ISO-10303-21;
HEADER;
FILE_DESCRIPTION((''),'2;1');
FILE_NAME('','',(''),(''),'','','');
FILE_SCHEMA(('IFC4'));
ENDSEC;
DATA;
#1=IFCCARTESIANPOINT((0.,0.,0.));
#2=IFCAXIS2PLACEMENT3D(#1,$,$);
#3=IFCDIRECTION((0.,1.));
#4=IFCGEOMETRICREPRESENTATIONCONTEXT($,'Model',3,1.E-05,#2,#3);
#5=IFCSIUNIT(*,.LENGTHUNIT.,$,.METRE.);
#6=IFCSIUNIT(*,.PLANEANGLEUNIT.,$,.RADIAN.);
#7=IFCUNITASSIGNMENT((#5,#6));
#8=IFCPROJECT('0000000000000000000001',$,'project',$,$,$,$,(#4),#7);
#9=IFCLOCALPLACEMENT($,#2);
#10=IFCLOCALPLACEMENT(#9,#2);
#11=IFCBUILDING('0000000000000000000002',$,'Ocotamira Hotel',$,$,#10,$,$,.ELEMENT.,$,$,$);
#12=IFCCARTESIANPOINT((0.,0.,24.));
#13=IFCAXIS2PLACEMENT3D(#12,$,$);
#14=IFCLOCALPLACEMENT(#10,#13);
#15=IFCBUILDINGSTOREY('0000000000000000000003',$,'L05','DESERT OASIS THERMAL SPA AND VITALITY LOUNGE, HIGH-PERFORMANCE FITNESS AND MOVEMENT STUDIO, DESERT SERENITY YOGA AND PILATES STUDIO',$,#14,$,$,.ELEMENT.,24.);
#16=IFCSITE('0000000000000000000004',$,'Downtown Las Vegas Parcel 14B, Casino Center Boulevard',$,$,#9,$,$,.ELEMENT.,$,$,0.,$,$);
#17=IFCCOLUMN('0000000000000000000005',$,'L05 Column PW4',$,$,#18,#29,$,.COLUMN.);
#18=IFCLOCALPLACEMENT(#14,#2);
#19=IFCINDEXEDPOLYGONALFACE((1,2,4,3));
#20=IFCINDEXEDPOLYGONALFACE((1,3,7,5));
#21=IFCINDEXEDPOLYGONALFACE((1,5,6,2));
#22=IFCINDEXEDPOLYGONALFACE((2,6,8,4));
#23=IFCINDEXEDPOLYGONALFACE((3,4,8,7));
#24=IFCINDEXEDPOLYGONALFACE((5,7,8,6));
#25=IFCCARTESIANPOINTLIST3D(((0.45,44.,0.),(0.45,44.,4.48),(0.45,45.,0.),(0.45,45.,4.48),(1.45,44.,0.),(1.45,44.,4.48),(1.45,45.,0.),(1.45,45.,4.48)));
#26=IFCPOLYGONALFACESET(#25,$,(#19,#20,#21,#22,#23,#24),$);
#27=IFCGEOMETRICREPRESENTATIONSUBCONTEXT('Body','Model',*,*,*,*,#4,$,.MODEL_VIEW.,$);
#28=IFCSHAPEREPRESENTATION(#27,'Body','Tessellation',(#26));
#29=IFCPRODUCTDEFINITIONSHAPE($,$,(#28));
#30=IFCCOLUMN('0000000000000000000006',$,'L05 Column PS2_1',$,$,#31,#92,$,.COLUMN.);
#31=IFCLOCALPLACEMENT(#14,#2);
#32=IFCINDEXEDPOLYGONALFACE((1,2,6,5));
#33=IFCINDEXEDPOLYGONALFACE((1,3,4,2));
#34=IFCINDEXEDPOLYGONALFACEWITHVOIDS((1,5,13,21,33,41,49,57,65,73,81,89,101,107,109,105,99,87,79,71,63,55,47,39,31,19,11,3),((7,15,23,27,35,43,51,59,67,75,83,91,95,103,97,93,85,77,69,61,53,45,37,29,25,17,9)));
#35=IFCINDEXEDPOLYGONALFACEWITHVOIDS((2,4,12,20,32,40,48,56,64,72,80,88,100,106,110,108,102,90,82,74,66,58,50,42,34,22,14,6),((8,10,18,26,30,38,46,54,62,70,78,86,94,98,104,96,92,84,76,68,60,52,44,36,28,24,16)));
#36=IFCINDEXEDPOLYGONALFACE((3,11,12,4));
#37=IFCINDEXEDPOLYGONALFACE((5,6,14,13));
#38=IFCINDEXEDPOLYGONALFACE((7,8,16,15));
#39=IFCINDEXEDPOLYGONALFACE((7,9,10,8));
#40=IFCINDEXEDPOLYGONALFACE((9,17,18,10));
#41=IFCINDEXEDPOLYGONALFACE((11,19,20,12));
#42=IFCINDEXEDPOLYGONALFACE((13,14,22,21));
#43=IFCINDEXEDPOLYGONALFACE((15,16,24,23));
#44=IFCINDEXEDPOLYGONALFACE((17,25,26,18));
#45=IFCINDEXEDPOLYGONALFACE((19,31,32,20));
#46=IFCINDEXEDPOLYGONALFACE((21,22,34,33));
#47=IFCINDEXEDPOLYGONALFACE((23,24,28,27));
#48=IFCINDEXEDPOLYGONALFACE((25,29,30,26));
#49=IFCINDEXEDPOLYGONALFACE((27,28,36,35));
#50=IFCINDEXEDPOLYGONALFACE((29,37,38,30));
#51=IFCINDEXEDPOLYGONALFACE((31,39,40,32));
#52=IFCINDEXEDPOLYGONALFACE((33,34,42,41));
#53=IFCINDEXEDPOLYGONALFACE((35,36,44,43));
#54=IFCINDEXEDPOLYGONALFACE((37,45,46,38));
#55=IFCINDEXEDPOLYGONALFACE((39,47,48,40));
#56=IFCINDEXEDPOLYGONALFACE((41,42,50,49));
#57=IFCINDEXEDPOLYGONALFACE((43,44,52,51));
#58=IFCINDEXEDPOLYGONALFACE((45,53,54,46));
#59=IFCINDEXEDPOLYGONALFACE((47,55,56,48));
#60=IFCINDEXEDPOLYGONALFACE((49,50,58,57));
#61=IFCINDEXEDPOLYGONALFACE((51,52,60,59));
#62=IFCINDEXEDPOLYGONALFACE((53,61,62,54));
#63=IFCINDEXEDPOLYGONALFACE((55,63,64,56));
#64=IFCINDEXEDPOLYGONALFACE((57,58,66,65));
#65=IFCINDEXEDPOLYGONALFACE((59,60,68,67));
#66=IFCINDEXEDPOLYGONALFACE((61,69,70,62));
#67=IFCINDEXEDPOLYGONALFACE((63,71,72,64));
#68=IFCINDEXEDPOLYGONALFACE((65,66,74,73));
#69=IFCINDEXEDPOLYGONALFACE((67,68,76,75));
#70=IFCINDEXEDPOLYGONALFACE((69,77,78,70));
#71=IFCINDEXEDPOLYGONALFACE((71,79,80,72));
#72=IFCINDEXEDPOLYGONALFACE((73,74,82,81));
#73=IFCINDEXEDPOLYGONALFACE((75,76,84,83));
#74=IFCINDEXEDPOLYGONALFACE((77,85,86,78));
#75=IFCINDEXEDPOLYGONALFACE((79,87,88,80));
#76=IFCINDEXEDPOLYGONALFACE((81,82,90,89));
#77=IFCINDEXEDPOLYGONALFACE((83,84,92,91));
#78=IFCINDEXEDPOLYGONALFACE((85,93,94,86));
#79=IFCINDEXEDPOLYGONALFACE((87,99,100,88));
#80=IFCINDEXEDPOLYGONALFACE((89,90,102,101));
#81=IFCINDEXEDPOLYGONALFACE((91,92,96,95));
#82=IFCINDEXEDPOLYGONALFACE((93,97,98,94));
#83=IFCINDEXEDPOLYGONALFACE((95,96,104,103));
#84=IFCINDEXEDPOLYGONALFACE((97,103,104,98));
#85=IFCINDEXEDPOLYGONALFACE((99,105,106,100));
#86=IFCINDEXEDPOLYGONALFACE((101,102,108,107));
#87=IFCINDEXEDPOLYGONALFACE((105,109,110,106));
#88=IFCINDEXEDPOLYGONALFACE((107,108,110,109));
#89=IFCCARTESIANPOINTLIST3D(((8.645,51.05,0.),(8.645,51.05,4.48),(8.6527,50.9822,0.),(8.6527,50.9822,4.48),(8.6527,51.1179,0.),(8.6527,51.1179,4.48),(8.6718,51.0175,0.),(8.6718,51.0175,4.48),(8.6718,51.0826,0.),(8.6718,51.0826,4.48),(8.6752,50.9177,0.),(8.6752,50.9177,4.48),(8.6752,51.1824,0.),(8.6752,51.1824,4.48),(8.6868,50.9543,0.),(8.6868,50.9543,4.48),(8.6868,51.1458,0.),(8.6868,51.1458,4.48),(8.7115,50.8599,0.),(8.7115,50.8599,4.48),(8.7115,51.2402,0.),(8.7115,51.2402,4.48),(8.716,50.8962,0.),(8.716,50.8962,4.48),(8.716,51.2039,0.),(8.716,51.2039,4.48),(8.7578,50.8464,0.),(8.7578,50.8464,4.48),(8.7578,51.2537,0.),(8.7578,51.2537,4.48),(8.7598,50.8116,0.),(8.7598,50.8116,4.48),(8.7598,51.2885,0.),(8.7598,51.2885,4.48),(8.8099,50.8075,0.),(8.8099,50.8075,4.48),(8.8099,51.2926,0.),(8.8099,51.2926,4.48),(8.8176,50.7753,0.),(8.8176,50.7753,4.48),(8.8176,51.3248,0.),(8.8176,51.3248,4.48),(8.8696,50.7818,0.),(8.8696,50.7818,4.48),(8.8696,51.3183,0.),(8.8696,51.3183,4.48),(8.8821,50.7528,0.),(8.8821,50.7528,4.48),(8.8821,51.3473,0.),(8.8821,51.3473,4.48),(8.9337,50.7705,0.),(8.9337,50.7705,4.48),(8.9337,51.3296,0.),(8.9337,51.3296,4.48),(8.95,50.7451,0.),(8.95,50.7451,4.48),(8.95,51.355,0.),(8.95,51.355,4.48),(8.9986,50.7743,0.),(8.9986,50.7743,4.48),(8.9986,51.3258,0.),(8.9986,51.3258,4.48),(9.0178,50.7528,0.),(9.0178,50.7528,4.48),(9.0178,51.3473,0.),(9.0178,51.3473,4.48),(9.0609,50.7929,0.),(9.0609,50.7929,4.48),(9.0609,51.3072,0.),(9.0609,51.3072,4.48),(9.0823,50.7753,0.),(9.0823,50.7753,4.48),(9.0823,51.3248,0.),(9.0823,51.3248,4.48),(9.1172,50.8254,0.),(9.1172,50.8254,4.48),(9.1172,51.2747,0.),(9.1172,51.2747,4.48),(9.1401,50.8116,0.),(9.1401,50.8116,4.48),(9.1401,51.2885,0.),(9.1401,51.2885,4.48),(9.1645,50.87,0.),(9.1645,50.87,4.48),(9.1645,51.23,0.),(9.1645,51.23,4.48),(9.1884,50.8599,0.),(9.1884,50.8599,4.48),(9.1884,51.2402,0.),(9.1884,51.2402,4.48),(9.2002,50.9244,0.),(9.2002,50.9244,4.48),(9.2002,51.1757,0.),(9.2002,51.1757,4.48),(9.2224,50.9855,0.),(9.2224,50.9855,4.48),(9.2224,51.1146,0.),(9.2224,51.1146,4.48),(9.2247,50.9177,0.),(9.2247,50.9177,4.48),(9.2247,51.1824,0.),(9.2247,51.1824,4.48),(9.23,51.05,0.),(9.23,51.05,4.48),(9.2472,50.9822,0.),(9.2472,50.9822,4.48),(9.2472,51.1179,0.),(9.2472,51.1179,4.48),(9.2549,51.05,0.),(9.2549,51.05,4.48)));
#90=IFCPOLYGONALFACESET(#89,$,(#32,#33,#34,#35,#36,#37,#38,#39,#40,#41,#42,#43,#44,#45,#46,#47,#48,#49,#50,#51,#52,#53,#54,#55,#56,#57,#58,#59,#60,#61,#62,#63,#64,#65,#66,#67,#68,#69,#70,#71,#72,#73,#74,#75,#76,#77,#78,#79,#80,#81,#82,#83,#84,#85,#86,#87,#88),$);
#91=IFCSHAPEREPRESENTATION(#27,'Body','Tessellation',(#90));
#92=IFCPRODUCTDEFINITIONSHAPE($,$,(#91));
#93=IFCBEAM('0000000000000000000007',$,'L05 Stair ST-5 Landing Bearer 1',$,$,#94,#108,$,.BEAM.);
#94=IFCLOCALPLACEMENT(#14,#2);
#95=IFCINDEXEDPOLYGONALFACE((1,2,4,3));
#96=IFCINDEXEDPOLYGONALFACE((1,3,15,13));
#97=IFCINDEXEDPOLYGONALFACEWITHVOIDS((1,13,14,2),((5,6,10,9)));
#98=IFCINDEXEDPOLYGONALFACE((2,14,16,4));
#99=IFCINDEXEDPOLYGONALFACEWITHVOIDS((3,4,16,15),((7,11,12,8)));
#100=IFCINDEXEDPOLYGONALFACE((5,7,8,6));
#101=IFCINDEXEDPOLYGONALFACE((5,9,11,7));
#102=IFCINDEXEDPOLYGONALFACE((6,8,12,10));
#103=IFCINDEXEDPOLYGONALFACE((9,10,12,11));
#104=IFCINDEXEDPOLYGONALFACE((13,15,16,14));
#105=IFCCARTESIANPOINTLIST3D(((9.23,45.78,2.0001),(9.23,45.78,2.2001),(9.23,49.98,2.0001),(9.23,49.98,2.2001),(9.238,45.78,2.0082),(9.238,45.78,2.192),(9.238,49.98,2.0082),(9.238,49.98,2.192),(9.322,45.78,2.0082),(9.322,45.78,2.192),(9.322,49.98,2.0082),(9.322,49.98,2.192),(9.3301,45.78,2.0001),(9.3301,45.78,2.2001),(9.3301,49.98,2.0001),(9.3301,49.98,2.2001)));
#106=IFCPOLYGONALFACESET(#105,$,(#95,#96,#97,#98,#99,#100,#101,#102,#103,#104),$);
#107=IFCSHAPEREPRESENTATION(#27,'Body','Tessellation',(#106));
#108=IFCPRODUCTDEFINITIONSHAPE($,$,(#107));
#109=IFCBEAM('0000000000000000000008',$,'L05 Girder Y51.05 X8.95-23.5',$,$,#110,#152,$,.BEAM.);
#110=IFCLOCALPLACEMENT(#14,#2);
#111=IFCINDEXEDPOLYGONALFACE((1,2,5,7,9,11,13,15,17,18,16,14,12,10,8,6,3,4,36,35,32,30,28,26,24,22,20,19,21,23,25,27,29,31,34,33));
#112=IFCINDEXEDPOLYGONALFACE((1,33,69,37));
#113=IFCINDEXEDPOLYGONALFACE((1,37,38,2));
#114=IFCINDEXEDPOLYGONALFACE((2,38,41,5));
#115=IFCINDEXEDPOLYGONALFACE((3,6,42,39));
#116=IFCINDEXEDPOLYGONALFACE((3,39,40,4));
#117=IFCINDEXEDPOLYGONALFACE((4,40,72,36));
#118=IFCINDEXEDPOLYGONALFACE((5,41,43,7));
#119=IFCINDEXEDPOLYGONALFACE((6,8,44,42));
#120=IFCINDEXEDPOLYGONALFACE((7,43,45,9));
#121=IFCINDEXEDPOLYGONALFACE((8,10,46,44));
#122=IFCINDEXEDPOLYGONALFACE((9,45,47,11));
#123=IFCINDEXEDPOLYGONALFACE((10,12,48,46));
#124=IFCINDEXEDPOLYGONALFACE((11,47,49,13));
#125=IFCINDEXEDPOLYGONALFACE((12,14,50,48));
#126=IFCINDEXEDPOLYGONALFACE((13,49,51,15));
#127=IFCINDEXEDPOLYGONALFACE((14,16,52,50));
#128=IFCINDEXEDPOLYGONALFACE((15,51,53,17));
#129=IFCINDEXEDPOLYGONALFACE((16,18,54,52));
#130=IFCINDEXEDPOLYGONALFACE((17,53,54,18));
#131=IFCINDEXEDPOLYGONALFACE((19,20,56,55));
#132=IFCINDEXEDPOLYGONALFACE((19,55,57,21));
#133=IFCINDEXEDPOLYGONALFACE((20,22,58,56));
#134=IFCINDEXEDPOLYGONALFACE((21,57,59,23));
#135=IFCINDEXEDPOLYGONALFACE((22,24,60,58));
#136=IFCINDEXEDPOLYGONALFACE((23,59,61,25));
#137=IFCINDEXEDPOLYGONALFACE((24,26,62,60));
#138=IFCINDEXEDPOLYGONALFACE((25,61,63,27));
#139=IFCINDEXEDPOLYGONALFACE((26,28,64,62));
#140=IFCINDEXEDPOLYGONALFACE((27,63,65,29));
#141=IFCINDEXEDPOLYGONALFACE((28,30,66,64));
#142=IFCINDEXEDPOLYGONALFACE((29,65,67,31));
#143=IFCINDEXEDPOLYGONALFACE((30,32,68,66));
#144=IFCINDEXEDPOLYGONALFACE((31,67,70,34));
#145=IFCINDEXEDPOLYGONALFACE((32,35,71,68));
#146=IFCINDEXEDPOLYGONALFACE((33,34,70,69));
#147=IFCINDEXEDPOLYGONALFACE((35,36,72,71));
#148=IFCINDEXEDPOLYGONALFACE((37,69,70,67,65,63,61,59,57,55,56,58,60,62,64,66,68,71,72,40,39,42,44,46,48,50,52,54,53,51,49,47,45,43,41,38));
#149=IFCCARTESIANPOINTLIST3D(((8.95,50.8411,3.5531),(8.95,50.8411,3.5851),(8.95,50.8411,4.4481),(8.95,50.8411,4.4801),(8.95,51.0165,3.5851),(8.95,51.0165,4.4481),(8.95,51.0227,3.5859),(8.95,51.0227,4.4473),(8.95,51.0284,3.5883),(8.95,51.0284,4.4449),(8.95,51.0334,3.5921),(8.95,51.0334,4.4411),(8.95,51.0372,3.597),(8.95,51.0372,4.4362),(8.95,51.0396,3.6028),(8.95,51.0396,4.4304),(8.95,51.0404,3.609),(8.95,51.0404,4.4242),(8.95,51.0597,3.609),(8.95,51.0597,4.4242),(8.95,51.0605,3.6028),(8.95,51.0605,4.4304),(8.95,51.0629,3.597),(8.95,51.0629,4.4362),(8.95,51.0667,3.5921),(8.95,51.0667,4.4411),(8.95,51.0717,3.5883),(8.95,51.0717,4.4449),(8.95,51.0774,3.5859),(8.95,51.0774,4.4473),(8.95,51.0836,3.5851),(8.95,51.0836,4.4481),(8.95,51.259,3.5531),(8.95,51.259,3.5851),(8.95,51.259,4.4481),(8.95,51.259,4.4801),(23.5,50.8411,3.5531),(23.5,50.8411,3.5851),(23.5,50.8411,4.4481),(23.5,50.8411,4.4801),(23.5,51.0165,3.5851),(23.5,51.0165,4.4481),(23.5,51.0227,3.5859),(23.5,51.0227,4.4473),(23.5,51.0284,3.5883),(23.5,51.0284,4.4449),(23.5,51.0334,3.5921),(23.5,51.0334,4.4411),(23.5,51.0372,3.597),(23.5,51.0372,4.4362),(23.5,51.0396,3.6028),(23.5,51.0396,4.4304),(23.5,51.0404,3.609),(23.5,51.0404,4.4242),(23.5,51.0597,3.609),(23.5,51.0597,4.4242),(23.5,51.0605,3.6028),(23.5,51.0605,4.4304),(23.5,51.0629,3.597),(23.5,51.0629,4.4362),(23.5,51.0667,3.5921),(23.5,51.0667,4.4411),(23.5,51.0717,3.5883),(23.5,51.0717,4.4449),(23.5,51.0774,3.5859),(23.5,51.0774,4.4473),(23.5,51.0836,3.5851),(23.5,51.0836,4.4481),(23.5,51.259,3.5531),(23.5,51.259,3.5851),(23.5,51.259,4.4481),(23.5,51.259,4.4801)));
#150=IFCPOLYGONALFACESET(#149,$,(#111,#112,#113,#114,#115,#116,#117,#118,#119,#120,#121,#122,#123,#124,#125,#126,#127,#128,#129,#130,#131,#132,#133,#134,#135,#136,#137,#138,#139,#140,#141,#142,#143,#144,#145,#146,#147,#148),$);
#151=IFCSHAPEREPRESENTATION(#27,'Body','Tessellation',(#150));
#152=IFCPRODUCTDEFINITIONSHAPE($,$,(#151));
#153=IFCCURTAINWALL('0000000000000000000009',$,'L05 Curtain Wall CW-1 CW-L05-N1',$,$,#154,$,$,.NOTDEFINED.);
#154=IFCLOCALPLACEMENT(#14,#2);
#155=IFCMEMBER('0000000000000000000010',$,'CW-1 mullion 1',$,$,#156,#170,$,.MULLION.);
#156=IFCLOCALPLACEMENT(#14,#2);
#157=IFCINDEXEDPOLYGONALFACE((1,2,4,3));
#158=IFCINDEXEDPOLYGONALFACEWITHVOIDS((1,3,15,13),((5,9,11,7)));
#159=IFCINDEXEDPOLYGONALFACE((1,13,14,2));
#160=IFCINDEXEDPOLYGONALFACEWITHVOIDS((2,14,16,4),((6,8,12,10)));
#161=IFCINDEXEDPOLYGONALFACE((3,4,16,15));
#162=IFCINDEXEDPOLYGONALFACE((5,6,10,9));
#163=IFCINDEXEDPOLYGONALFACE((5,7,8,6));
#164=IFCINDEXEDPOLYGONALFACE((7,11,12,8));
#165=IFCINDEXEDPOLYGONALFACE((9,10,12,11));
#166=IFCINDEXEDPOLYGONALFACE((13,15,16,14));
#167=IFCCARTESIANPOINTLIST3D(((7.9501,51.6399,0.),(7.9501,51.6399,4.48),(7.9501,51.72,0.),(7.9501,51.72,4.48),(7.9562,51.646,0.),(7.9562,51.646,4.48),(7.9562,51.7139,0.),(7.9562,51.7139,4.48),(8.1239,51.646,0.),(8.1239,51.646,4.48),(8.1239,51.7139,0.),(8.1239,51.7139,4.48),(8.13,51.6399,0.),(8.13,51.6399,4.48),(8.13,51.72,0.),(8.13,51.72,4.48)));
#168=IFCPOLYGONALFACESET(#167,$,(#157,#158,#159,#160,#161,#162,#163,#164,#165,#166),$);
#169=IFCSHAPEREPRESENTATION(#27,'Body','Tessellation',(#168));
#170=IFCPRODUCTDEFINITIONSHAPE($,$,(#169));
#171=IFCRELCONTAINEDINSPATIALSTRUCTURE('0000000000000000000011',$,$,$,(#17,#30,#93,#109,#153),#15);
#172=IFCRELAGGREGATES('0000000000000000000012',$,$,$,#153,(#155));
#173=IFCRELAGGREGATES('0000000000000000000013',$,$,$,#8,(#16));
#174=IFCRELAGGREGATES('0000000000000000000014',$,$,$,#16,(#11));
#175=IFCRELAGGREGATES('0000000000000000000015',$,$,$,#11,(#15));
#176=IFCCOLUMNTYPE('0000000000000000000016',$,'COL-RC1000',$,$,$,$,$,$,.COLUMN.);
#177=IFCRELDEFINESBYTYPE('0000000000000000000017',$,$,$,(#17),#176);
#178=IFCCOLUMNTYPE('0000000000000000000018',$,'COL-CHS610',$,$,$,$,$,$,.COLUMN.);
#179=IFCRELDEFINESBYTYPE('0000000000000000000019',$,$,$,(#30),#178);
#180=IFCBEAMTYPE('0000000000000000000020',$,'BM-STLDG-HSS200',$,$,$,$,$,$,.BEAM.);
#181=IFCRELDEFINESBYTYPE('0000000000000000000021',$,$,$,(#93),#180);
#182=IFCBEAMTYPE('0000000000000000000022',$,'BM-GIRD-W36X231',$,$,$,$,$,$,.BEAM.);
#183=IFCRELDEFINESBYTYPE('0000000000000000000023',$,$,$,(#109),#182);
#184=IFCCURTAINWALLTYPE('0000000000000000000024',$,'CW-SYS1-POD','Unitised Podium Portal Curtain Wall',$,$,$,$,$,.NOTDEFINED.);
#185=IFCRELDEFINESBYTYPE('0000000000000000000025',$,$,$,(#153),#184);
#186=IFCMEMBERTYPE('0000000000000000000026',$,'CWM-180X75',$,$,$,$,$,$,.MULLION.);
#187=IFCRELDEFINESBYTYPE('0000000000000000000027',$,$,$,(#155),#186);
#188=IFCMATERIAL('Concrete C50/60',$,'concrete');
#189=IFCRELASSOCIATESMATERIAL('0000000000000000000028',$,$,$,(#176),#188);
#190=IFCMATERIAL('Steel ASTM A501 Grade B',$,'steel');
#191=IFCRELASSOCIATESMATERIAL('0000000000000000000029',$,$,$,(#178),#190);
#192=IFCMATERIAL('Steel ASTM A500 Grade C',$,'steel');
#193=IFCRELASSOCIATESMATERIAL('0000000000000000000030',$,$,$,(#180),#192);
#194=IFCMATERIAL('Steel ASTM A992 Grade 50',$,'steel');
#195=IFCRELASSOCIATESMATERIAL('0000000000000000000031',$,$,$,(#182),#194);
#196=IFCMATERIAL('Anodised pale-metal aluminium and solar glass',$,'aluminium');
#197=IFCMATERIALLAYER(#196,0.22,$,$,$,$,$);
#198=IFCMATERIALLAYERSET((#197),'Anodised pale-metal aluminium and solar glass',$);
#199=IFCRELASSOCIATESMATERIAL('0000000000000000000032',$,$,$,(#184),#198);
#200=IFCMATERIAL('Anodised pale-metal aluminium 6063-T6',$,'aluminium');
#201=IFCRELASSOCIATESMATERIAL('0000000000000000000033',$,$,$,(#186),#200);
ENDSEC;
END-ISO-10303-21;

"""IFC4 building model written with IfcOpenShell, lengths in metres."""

from ifc_helpers import new_model, si_unit, direction, frame, origin, origin_2d, place, context, subcontext, project, spatial, rectangle, hollow_rectangle, hollow_circle, i_section, extrude, source, transform, mapped, material, layer, layer_set, material_profile, profile_set, type_object, element, aggregate, save


model = new_model("IFC4")

# Units and contexts
model_context = context("Model", 3, precision=1e-05, world=origin(), true_north=direction((0.0, 1.0)))
body_context = subcontext(model_context, "Body", "Model", "MODEL_VIEW")
ifc_project = project(units=[si_unit("LENGTHUNIT", "METRE"), si_unit("PLANEANGLEUNIT", "RADIAN")], contexts=[model_context])

# Site, building, storey
site_placement = place(None, origin())
site = spatial("IfcSite", under=ifc_project, at=site_placement, Name="Downtown Las Vegas Parcel 14B, Casino Center Boulevard", CompositionType="ELEMENT", RefElevation=0.0)
building_placement = place(site_placement, origin())
building = spatial("IfcBuilding", under=site, at=building_placement, Name="Ocotamira Hotel", CompositionType="ELEMENT")
storey_placement = place(building_placement, frame((0.0, 0.0, 24.0)))
storey = spatial("IfcBuildingStorey", under=building, at=storey_placement, Name="L05", Description="DESERT OASIS THERMAL SPA AND VITALITY LOUNGE, HIGH-PERFORMANCE FITNESS AND MOVEMENT STUDIO, DESERT SERENITY YOGA AND PILATES STUDIO", CompositionType="ELEMENT", Elevation=24.0)

# Columns
ifc_material_1 = material(Name="Concrete C50/60", Category="concrete")
ifc_material_profile_1 = material_profile(ifc_material_1, rectangle(XDim=1.0, YDim=1.0, at=origin_2d()), Name="RC1000X1000")
ifc_profile_set_1 = profile_set([ifc_material_profile_1], Name="Concrete C50/60")
column_type_1 = type_object("IfcColumnType", Name="COL-RC1000", PredefinedType="COLUMN", material=ifc_profile_set_1)
shared_shape_1 = source(origin(), body_context, "Body", "SweptSolid", [
    extrude(rectangle(XDim=1.0, YDim=1.0, at=origin_2d()), origin(), (0.0, 0.0, 1.0), 4.48),
])
column_1_placement = place(storey_placement, frame((0.95, 44.5, 0.0), z_axis=(0.0, 0.0, 1.0), x_axis=(1.0, 0.0, 0.0)))
element("IfcColumn", 1, at=column_1_placement, inside=storey, type_object=column_type_1, Name="L05 Column PW4", PredefinedType="COLUMN", context=body_context, shape_type="MappedRepresentation", body=[
    mapped(shared_shape_1, transform((0.0, 0.0, 0.0), scale=1.0)),
])
ifc_material_2 = material(Name="Steel ASTM A501 Grade B", Category="steel")
ifc_material_profile_2 = material_profile(ifc_material_2, hollow_circle(Radius=0.3049, WallThickness=0.0249, at=origin_2d()), Name="CHS610X25")
ifc_profile_set_2 = profile_set([ifc_material_profile_2], Name="Steel ASTM A501 Grade B")
column_type_2 = type_object("IfcColumnType", Name="COL-CHS610", PredefinedType="COLUMN", material=ifc_profile_set_2)
shared_shape_2 = source(origin(), body_context, "Body", "SweptSolid", [
    extrude(hollow_circle(Radius=0.3049, WallThickness=0.0249, at=origin_2d()), origin(), (0.0, 0.0, 1.0), 4.48),
])
column_2_placement = place(storey_placement, frame((8.95, 51.05, 0.0), z_axis=(0.0, 0.0, 1.0), x_axis=(1.0, 0.0, 0.0)))
element("IfcColumn", 2, at=column_2_placement, inside=storey, type_object=column_type_2, Name="L05 Column PS2_1", PredefinedType="COLUMN", context=body_context, shape_type="MappedRepresentation", body=[
    mapped(shared_shape_2, transform((0.0, 0.0, 0.0), scale=1.0)),
])

# Beams
ifc_material_3 = material(Name="Steel ASTM A500 Grade C", Category="steel")
ifc_material_profile_3 = material_profile(ifc_material_3, hollow_rectangle(XDim=0.1001, YDim=0.2, WallThickness=0.0081, at=origin_2d()), Name="HSS200X100X8")
ifc_profile_set_3 = profile_set([ifc_material_profile_3], Name="Steel ASTM A500 Grade C")
beam_type_1 = type_object("IfcBeamType", Name="BM-STLDG-HSS200", PredefinedType="BEAM", material=ifc_profile_set_3)
shared_shape_3 = source(origin(), body_context, "Body", "SweptSolid", [
    extrude(hollow_rectangle(XDim=0.1001, YDim=0.2, WallThickness=0.0081, at=origin_2d()), origin(), (0.0, 0.0, 1.0), 4.2),
])
beam_1_placement = place(storey_placement, frame((9.28, 45.78, 2.1001), z_axis=(0.0, 1.0, 0.0), x_axis=(-1.0, 0.0, 0.0)))
element("IfcBeam", 3, at=beam_1_placement, inside=storey, type_object=beam_type_1, Name="L05 Stair ST-5 Landing Bearer 1", PredefinedType="BEAM", context=body_context, shape_type="MappedRepresentation", body=[
    mapped(shared_shape_3, transform((0.0, 0.0, 0.0), scale=1.0)),
])
ifc_material_4 = material(Name="Steel ASTM A992 Grade 50", Category="steel")
ifc_material_profile_4 = material_profile(ifc_material_4, i_section(OverallWidth=0.418, OverallDepth=0.927, WebThickness=0.0193, FlangeThickness=0.032, FilletRadius=0.0239, at=origin_2d()), Name="W36X231")
ifc_profile_set_4 = profile_set([ifc_material_profile_4], Name="Steel ASTM A992 Grade 50")
beam_type_2 = type_object("IfcBeamType", Name="BM-GIRD-W36X231", PredefinedType="BEAM", material=ifc_profile_set_4)
shared_shape_4 = source(origin(), body_context, "Body", "SweptSolid", [
    extrude(i_section(OverallWidth=0.418, OverallDepth=0.927, WebThickness=0.0193, FlangeThickness=0.032, FilletRadius=0.0239, at=origin_2d()), origin(), (0.0, 0.0, 1.0), 14.55),
])
beam_2_placement = place(storey_placement, frame((8.95, 51.05, 4.0166), z_axis=(1.0, 0.0, 0.0), x_axis=(0.0, 1.0, 0.0)))
element("IfcBeam", 4, at=beam_2_placement, inside=storey, type_object=beam_type_2, Name="L05 Girder Y51.05 X8.95-23.5", PredefinedType="BEAM", context=body_context, shape_type="MappedRepresentation", body=[
    mapped(shared_shape_4, transform((0.0, 0.0, 0.0), scale=1.0)),
])

# Curtain wall, member
ifc_material_5 = material(Name="Anodised pale-metal aluminium and solar glass", Category="aluminium")
ifc_layer_1 = layer(ifc_material_5, 0.22)
ifc_layer_set_1 = layer_set([ifc_layer_1], Name="Anodised pale-metal aluminium and solar glass")
curtain_wall_type = type_object("IfcCurtainWallType", Name="CW-SYS1-POD", Description="Unitised Podium Portal Curtain Wall", PredefinedType="NOTDEFINED", material=ifc_layer_set_1)
curtain_wall_placement = place(storey_placement, origin())
curtain_wall = element("IfcCurtainWall", 5, at=curtain_wall_placement, inside=storey, type_object=curtain_wall_type, Name="L05 Curtain Wall CW-1 CW-L05-N1", PredefinedType="NOTDEFINED")
ifc_material_6 = material(Name="Anodised pale-metal aluminium 6063-T6", Category="aluminium")
ifc_material_profile_5 = material_profile(ifc_material_6, hollow_rectangle(XDim=0.0801, YDim=0.1799, WallThickness=0.0061, at=origin_2d()), Name="HSS180X80X6")
ifc_profile_set_5 = profile_set([ifc_material_profile_5], Name="Anodised pale-metal aluminium 6063-T6")
member_type_1 = type_object("IfcMemberType", Name="CWM-180X75", PredefinedType="MULLION", material=ifc_profile_set_5)
shared_shape_5 = source(origin(), body_context, "Body", "SweptSolid", [
    extrude(hollow_rectangle(XDim=0.0801, YDim=0.1799, WallThickness=0.0061, at=origin_2d()), origin(), (0.0, 0.0, 1.0), 4.48),
])
member_1_placement = place(storey_placement, frame((8.04, 51.6799, 0.0), z_axis=(0.0, 0.0, 1.0), x_axis=(0.0, 1.0, 0.0)))
member_1 = element("IfcMember", 6, at=member_1_placement, type_object=member_type_1, Name="CW-1 mullion 1", PredefinedType="MULLION", context=body_context, shape_type="MappedRepresentation", body=[
    mapped(shared_shape_5, transform((0.0, 0.0, 0.0), scale=1.0)),
])
aggregate(curtain_wall, [member_1])

save(model, "model.ifc")
